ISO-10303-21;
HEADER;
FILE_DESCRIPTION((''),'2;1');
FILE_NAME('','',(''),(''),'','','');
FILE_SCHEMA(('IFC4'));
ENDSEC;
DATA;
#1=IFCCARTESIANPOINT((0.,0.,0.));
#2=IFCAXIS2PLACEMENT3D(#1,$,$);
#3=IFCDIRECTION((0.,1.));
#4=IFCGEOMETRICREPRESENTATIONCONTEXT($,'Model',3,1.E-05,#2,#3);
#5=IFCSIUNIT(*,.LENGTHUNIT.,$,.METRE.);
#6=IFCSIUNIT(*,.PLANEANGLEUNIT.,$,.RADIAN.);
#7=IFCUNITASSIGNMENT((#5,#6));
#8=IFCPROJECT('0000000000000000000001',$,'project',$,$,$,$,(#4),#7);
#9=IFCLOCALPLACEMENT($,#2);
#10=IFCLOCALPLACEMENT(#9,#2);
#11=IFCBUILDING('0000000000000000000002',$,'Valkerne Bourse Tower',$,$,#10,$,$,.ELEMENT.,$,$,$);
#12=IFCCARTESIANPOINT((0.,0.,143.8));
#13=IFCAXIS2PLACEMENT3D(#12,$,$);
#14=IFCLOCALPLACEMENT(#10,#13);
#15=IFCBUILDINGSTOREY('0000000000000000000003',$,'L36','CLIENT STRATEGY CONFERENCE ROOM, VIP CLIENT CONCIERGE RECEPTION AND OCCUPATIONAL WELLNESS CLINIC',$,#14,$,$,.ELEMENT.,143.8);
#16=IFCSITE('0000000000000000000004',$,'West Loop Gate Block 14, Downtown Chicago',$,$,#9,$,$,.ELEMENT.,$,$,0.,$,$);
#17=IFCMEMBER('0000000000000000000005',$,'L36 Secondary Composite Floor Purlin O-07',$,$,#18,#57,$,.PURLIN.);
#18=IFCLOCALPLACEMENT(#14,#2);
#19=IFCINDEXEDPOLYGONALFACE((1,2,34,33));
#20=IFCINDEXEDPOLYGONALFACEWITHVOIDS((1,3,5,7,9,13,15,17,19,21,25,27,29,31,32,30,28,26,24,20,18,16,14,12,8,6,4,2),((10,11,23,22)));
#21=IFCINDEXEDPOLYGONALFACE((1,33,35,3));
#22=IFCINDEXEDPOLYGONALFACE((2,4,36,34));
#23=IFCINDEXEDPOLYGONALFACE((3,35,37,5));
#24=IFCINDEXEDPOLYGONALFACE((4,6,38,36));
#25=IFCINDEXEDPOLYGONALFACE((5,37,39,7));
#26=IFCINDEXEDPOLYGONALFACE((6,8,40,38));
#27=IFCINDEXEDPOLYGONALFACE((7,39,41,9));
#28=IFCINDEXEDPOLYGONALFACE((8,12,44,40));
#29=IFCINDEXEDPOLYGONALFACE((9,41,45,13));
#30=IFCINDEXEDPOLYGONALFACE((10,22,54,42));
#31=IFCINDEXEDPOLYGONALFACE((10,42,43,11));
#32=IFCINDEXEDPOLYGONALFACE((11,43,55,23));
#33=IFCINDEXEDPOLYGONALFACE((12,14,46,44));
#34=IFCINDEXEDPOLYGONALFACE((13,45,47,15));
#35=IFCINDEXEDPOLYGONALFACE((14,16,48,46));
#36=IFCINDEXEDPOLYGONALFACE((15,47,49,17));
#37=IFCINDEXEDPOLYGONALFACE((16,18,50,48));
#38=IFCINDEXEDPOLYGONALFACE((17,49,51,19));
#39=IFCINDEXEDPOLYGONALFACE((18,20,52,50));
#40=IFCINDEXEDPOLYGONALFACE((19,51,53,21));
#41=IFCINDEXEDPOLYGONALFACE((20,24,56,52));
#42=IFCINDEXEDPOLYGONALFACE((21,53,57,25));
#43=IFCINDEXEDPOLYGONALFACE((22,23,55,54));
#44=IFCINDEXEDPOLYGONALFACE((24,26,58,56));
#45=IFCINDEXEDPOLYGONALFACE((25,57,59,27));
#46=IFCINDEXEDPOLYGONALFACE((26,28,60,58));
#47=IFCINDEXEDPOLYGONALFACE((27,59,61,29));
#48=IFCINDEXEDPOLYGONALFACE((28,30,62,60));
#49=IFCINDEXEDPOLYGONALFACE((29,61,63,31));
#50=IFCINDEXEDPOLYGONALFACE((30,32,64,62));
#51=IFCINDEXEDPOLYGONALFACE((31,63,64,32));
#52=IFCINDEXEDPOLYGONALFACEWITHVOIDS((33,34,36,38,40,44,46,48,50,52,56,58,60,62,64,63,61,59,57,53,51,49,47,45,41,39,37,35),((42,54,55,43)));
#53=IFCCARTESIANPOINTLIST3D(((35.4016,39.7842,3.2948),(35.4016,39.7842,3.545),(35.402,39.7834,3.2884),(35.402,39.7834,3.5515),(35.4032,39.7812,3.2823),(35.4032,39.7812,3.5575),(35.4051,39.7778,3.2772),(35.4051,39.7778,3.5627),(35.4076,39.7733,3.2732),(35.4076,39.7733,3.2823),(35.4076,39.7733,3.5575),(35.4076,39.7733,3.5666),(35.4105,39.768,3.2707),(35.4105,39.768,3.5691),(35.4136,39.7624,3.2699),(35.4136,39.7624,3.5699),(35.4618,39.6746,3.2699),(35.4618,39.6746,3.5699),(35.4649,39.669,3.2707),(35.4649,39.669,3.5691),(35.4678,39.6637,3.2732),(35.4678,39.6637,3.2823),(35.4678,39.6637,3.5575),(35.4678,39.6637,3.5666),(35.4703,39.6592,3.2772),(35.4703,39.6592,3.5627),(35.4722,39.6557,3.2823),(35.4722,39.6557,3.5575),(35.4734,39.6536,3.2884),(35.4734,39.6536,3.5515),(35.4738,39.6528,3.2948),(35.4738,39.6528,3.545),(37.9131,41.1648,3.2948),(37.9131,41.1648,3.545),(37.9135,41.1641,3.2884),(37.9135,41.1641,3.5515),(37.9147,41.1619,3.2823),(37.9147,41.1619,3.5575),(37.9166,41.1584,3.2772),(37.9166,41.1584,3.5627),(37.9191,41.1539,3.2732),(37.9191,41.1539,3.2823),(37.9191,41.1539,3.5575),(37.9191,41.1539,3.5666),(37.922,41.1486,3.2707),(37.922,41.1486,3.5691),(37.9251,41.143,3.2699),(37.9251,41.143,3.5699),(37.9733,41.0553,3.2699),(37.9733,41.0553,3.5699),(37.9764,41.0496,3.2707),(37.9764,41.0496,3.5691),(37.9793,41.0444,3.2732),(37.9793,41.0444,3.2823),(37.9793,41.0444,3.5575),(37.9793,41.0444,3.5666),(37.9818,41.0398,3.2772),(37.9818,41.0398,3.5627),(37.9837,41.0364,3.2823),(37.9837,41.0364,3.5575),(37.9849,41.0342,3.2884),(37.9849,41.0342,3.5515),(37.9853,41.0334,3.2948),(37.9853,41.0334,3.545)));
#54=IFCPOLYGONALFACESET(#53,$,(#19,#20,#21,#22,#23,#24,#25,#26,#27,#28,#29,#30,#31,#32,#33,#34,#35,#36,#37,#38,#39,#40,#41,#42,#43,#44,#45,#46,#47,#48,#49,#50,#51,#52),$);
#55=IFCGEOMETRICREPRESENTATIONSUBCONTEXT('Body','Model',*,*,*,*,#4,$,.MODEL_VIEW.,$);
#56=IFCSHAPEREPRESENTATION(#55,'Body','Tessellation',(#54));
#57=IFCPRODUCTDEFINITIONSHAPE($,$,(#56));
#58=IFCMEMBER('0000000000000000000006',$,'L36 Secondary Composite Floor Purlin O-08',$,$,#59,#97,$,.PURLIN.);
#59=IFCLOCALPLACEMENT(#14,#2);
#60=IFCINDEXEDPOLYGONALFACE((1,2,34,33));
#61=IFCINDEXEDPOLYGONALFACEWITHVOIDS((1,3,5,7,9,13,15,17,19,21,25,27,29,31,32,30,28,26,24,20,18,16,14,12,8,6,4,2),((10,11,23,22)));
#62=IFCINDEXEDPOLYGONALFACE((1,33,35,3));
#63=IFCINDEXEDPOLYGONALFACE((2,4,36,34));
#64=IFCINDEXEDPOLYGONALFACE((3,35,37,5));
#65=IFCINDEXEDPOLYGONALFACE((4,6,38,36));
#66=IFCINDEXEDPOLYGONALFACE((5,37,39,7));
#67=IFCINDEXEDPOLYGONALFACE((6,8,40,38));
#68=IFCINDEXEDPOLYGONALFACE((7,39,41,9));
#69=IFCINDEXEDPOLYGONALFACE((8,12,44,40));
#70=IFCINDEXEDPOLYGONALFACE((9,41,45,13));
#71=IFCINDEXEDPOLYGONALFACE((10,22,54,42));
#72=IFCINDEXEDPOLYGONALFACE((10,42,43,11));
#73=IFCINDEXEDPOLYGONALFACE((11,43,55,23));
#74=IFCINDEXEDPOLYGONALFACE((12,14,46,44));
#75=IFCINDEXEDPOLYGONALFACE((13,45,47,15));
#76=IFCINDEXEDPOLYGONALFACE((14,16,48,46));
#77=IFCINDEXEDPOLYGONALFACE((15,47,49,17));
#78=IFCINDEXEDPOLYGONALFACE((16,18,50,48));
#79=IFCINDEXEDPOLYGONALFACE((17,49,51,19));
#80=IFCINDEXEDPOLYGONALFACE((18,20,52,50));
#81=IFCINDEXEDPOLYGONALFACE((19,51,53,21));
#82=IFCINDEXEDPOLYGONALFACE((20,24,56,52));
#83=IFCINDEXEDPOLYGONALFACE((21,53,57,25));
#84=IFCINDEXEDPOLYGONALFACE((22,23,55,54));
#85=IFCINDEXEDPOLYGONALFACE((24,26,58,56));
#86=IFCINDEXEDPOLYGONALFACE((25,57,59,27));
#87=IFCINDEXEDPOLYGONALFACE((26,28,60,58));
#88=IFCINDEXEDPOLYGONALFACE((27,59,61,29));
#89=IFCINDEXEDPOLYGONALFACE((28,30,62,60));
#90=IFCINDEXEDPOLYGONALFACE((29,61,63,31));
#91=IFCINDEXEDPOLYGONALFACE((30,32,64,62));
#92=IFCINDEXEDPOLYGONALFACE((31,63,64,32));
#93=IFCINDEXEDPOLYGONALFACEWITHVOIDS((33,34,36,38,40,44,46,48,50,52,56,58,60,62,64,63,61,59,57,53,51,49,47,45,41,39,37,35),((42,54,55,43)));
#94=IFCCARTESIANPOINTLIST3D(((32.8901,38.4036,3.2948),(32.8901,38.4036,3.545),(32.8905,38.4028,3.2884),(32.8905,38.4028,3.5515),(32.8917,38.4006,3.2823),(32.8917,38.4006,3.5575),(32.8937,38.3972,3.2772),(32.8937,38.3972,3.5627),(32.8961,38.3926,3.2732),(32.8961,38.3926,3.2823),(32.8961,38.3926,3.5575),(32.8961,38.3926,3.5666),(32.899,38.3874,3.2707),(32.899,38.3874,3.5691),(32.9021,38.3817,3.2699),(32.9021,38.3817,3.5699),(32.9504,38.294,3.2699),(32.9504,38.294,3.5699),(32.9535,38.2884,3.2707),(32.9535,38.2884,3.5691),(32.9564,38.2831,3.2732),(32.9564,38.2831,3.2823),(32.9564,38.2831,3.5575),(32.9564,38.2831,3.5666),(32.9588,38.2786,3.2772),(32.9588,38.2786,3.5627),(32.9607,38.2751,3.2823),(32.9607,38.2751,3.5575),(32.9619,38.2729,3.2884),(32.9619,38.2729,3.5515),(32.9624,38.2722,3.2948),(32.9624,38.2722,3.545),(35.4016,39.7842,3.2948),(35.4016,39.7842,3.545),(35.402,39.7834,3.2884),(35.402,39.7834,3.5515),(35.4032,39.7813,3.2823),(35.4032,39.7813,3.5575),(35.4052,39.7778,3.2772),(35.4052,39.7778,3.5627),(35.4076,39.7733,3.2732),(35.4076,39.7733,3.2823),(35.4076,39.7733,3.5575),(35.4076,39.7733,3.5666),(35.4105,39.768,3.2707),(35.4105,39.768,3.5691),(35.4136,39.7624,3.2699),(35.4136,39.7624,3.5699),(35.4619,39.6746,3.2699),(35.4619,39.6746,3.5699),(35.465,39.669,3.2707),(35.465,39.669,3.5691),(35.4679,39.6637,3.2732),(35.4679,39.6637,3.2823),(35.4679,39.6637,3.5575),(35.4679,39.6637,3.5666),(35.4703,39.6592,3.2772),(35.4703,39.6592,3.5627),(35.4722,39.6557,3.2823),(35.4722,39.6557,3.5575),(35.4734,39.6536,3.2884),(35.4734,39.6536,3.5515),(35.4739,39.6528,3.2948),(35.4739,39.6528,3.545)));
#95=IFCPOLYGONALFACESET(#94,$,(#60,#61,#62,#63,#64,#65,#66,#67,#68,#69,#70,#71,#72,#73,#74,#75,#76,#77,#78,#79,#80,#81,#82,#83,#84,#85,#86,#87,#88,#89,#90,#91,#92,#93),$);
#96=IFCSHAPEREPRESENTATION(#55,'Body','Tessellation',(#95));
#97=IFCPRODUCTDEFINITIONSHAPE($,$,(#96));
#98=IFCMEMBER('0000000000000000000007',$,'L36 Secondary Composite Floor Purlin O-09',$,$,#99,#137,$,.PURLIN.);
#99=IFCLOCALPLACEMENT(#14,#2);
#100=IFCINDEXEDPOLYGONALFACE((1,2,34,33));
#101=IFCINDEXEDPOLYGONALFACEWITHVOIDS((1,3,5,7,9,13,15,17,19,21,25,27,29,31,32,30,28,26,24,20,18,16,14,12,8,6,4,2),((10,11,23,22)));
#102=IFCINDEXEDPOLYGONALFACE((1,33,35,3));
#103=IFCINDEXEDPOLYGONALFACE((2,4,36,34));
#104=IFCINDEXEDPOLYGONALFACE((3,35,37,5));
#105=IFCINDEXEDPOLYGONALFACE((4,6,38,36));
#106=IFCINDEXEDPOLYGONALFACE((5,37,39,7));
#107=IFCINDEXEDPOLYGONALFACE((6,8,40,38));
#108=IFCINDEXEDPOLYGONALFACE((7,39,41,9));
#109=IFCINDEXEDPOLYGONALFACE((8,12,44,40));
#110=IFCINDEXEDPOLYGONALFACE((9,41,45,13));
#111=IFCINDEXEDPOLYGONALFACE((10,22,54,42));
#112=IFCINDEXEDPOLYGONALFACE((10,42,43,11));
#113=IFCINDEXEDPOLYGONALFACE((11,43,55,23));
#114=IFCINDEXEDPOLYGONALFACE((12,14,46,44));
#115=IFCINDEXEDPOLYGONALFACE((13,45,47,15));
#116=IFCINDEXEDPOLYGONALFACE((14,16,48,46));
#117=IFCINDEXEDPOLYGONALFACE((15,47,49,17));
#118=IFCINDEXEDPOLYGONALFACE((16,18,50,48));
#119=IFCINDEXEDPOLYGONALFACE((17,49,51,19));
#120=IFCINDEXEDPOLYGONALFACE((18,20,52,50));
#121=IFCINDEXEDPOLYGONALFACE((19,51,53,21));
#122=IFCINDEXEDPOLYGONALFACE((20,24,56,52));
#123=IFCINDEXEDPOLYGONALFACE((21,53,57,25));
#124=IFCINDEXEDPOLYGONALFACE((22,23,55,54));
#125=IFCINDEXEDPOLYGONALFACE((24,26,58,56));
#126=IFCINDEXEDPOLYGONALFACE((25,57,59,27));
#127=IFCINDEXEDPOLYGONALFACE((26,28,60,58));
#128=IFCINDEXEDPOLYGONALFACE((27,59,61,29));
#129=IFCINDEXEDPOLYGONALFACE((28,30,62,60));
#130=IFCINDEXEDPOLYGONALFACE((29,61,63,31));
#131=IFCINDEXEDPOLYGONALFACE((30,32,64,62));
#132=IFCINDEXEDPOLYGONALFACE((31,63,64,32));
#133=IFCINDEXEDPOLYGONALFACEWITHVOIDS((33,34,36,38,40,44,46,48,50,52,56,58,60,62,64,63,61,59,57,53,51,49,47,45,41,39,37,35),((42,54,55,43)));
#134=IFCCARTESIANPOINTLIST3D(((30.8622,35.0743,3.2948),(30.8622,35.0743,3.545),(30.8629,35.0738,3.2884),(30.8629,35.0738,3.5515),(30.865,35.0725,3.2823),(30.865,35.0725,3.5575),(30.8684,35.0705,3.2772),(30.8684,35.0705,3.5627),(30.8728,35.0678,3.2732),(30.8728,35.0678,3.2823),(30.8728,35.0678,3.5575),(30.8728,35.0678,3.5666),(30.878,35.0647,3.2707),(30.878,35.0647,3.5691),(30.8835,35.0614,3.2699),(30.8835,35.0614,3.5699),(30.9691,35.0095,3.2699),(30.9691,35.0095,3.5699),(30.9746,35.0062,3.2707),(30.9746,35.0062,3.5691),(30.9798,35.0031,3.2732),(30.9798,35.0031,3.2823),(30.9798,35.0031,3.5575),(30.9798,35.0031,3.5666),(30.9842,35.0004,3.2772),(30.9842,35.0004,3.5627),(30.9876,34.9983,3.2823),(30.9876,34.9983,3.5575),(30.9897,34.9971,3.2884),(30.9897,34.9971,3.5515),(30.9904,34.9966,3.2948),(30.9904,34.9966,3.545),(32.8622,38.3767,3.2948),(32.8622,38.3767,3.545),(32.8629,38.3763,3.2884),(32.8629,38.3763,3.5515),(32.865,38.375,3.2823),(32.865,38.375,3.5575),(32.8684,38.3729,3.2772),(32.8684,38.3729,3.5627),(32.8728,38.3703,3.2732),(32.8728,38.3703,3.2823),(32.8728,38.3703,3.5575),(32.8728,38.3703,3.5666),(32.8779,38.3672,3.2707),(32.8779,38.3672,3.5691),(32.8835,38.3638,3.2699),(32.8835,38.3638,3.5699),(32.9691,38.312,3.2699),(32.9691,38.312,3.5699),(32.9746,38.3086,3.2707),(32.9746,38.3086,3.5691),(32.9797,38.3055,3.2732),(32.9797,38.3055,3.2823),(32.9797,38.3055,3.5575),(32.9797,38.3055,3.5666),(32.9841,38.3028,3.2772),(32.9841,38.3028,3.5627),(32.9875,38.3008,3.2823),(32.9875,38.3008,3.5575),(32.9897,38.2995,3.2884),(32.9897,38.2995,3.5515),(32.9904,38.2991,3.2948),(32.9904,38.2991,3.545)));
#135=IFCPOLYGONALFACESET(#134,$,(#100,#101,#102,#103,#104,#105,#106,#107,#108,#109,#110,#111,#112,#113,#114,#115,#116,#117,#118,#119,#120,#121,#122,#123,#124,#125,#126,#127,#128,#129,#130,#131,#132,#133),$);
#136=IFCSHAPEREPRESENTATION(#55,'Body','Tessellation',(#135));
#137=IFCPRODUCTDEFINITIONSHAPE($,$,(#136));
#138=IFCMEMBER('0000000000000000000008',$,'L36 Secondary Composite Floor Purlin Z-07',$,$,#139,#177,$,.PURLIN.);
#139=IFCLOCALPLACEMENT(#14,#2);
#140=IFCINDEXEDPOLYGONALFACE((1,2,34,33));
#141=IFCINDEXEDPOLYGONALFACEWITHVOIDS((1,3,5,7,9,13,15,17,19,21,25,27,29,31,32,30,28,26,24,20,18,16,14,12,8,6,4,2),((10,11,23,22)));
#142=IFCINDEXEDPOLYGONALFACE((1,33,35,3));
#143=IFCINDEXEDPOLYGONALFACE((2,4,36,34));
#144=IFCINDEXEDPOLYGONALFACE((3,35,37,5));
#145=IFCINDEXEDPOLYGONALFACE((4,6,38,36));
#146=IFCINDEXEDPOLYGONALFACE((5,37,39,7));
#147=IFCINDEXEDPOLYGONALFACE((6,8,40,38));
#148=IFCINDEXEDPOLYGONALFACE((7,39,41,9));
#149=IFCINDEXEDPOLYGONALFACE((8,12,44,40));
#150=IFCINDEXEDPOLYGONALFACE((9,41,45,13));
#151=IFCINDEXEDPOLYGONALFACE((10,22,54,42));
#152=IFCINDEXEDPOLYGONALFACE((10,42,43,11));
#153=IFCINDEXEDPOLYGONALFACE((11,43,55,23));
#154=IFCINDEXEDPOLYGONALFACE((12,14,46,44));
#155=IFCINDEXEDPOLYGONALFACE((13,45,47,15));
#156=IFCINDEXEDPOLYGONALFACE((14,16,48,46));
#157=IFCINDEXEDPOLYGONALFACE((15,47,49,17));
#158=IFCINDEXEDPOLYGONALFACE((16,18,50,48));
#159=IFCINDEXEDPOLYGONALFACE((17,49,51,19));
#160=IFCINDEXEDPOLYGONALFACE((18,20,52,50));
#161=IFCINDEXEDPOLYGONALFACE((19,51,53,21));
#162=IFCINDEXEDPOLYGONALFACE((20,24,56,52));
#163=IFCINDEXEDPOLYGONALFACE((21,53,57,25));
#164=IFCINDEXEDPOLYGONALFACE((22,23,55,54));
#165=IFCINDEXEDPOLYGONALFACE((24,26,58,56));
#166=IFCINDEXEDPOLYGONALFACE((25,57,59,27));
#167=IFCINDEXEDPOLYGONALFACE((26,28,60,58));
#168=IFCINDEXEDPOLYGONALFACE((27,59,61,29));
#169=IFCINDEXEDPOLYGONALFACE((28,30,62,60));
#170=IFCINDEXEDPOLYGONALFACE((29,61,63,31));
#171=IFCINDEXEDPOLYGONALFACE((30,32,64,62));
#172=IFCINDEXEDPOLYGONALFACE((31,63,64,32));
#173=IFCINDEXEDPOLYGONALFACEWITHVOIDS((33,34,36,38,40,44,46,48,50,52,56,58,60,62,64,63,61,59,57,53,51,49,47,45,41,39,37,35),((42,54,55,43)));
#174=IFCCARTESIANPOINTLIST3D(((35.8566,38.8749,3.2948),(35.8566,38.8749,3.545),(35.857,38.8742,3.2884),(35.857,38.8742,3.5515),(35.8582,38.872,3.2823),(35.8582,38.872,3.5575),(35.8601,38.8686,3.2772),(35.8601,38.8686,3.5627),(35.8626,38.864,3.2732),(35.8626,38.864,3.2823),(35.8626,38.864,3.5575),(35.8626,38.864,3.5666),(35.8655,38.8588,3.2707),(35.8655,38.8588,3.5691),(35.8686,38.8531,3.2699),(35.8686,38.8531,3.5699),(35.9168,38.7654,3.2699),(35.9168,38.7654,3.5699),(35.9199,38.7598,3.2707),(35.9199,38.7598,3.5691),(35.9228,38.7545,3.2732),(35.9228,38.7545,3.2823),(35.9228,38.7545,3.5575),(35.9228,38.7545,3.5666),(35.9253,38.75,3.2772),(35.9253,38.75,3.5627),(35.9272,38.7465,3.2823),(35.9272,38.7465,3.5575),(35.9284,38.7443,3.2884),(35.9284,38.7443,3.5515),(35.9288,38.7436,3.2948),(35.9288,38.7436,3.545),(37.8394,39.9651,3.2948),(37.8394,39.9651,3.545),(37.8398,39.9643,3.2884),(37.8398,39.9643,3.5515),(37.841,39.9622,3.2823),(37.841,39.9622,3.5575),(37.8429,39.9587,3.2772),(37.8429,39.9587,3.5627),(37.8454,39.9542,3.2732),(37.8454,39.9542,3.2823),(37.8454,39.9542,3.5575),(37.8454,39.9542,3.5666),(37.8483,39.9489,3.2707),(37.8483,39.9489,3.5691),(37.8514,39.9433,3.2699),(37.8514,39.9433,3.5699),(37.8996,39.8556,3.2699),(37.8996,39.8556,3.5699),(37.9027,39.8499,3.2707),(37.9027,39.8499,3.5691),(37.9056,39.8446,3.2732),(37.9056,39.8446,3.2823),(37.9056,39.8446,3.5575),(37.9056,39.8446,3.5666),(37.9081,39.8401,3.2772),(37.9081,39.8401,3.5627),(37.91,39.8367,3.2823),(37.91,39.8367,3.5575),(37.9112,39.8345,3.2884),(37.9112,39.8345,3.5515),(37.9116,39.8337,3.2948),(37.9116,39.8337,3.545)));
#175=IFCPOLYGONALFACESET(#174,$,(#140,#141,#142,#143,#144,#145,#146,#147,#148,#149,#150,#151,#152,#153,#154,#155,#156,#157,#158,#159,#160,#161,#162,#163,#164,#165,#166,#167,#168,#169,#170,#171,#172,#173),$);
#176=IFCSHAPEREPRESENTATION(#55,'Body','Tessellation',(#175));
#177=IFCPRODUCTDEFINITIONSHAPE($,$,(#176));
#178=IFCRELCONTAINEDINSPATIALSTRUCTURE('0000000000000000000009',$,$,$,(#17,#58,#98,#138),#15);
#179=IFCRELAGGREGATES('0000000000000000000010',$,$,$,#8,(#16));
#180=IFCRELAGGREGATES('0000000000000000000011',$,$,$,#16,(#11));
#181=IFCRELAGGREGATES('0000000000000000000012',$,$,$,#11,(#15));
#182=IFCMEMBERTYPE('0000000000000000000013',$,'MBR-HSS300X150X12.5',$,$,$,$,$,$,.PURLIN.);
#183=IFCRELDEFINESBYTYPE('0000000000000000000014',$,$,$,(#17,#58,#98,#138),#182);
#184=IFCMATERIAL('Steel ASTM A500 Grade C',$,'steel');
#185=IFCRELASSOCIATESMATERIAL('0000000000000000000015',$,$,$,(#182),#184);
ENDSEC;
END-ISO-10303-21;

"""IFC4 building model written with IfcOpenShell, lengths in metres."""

from ifc_helpers import new_model, si_unit, direction, frame, origin, origin_2d, place, context, subcontext, project, spatial, hollow_rectangle, extrude, material, material_profile, profile_set, type_object, element, save


model = new_model("IFC4")

# Units and contexts
model_context = context("Model", 3, precision=1e-05, world=origin(), true_north=direction((0.0, 1.0)))
body_context = subcontext(model_context, "Body", "Model", "MODEL_VIEW")
ifc_project = project(units=[si_unit("LENGTHUNIT", "METRE"), si_unit("PLANEANGLEUNIT", "RADIAN")], contexts=[model_context])

# Site, building, storey
site_placement = place(None, origin())
site = spatial("IfcSite", under=ifc_project, at=site_placement, Name="West Loop Gate Block 14, Downtown Chicago", CompositionType="ELEMENT", RefElevation=0.0)
building_placement = place(site_placement, origin())
building = spatial("IfcBuilding", under=site, at=building_placement, Name="Valkerne Bourse Tower", CompositionType="ELEMENT")
storey_placement = place(building_placement, frame((0.0, 0.0, 143.8)))
storey = spatial("IfcBuildingStorey", under=building, at=storey_placement, Name="L36", Description="CLIENT STRATEGY CONFERENCE ROOM, VIP CLIENT CONCIERGE RECEPTION AND OCCUPATIONAL WELLNESS CLINIC", CompositionType="ELEMENT", Elevation=143.8)

# Members
ifc_material_1 = material(Name="Steel ASTM A500 Grade C", Category="steel")
ifc_material_profile_1 = material_profile(ifc_material_1, hollow_rectangle(XDim=0.1499, YDim=0.3, WallThickness=0.0125, OuterFilletRadius=0.0249, at=origin_2d()), Name="HSS300X150X12.5")
ifc_profile_set_1 = profile_set([ifc_material_profile_1], Name="Steel ASTM A500 Grade C")
member_type_1 = type_object("IfcMemberType", Name="MBR-HSS300X150X12.5", PredefinedType="PURLIN", material=ifc_profile_set_1)
for number, where, z_axis, x_axis, name in (
    (1, (37.9492, 41.0991, 3.4199), (-0.876318, -0.481732, 0.0), (0.481732, -0.876318, 0.0), "L36 Secondary Composite Floor Purlin O-07"),
    (2, (35.4377, 39.7185, 3.4199), (-0.876318, -0.481732, 0.0), (0.481732, -0.876318, 0.0), "L36 Secondary Composite Floor Purlin O-08"),
):
    element("IfcMember", number, at=place(storey_placement, frame(where, z_axis=z_axis, x_axis=x_axis)), inside=storey, type_object=member_type_1, Name=name, PredefinedType="PURLIN", context=body_context, shape_type="SweptSolid", body=[
        extrude(hollow_rectangle(XDim=0.1499, YDim=0.3, WallThickness=0.0125, OuterFilletRadius=0.0249, at=origin_2d()), origin(), (0.0, 0.0, 1.0), 2.866),
    ])
member_1_placement = place(storey_placement, frame((32.9263, 38.3379, 3.4199), z_axis=(-0.518016, -0.855371, 0.0), x_axis=(0.855371, -0.518016, 0.0)))
element("IfcMember", 3, at=member_1_placement, inside=storey, type_object=member_type_1, Name="L36 Secondary Composite Floor Purlin O-09", PredefinedType="PURLIN", context=body_context, shape_type="SweptSolid", body=[
    extrude(hollow_rectangle(XDim=0.1499, YDim=0.3, WallThickness=0.0125, OuterFilletRadius=0.0249, at=origin_2d()), origin(), (0.0, 0.0, 1.0), 3.8608),
])
member_2_placement = place(storey_placement, frame((37.8755, 39.8994, 3.4199), z_axis=(-0.876287, -0.48179, 0.0), x_axis=(0.48179, -0.876287, 0.0)))
element("IfcMember", 4, at=member_2_placement, inside=storey, type_object=member_type_1, Name="L36 Secondary Composite Floor Purlin Z-07", PredefinedType="PURLIN", context=body_context, shape_type="SweptSolid", body=[
    extrude(hollow_rectangle(XDim=0.1499, YDim=0.3, WallThickness=0.0125, OuterFilletRadius=0.0249, at=origin_2d()), origin(), (0.0, 0.0, 1.0), 2.2627),
])

save(model, "model.ifc")
